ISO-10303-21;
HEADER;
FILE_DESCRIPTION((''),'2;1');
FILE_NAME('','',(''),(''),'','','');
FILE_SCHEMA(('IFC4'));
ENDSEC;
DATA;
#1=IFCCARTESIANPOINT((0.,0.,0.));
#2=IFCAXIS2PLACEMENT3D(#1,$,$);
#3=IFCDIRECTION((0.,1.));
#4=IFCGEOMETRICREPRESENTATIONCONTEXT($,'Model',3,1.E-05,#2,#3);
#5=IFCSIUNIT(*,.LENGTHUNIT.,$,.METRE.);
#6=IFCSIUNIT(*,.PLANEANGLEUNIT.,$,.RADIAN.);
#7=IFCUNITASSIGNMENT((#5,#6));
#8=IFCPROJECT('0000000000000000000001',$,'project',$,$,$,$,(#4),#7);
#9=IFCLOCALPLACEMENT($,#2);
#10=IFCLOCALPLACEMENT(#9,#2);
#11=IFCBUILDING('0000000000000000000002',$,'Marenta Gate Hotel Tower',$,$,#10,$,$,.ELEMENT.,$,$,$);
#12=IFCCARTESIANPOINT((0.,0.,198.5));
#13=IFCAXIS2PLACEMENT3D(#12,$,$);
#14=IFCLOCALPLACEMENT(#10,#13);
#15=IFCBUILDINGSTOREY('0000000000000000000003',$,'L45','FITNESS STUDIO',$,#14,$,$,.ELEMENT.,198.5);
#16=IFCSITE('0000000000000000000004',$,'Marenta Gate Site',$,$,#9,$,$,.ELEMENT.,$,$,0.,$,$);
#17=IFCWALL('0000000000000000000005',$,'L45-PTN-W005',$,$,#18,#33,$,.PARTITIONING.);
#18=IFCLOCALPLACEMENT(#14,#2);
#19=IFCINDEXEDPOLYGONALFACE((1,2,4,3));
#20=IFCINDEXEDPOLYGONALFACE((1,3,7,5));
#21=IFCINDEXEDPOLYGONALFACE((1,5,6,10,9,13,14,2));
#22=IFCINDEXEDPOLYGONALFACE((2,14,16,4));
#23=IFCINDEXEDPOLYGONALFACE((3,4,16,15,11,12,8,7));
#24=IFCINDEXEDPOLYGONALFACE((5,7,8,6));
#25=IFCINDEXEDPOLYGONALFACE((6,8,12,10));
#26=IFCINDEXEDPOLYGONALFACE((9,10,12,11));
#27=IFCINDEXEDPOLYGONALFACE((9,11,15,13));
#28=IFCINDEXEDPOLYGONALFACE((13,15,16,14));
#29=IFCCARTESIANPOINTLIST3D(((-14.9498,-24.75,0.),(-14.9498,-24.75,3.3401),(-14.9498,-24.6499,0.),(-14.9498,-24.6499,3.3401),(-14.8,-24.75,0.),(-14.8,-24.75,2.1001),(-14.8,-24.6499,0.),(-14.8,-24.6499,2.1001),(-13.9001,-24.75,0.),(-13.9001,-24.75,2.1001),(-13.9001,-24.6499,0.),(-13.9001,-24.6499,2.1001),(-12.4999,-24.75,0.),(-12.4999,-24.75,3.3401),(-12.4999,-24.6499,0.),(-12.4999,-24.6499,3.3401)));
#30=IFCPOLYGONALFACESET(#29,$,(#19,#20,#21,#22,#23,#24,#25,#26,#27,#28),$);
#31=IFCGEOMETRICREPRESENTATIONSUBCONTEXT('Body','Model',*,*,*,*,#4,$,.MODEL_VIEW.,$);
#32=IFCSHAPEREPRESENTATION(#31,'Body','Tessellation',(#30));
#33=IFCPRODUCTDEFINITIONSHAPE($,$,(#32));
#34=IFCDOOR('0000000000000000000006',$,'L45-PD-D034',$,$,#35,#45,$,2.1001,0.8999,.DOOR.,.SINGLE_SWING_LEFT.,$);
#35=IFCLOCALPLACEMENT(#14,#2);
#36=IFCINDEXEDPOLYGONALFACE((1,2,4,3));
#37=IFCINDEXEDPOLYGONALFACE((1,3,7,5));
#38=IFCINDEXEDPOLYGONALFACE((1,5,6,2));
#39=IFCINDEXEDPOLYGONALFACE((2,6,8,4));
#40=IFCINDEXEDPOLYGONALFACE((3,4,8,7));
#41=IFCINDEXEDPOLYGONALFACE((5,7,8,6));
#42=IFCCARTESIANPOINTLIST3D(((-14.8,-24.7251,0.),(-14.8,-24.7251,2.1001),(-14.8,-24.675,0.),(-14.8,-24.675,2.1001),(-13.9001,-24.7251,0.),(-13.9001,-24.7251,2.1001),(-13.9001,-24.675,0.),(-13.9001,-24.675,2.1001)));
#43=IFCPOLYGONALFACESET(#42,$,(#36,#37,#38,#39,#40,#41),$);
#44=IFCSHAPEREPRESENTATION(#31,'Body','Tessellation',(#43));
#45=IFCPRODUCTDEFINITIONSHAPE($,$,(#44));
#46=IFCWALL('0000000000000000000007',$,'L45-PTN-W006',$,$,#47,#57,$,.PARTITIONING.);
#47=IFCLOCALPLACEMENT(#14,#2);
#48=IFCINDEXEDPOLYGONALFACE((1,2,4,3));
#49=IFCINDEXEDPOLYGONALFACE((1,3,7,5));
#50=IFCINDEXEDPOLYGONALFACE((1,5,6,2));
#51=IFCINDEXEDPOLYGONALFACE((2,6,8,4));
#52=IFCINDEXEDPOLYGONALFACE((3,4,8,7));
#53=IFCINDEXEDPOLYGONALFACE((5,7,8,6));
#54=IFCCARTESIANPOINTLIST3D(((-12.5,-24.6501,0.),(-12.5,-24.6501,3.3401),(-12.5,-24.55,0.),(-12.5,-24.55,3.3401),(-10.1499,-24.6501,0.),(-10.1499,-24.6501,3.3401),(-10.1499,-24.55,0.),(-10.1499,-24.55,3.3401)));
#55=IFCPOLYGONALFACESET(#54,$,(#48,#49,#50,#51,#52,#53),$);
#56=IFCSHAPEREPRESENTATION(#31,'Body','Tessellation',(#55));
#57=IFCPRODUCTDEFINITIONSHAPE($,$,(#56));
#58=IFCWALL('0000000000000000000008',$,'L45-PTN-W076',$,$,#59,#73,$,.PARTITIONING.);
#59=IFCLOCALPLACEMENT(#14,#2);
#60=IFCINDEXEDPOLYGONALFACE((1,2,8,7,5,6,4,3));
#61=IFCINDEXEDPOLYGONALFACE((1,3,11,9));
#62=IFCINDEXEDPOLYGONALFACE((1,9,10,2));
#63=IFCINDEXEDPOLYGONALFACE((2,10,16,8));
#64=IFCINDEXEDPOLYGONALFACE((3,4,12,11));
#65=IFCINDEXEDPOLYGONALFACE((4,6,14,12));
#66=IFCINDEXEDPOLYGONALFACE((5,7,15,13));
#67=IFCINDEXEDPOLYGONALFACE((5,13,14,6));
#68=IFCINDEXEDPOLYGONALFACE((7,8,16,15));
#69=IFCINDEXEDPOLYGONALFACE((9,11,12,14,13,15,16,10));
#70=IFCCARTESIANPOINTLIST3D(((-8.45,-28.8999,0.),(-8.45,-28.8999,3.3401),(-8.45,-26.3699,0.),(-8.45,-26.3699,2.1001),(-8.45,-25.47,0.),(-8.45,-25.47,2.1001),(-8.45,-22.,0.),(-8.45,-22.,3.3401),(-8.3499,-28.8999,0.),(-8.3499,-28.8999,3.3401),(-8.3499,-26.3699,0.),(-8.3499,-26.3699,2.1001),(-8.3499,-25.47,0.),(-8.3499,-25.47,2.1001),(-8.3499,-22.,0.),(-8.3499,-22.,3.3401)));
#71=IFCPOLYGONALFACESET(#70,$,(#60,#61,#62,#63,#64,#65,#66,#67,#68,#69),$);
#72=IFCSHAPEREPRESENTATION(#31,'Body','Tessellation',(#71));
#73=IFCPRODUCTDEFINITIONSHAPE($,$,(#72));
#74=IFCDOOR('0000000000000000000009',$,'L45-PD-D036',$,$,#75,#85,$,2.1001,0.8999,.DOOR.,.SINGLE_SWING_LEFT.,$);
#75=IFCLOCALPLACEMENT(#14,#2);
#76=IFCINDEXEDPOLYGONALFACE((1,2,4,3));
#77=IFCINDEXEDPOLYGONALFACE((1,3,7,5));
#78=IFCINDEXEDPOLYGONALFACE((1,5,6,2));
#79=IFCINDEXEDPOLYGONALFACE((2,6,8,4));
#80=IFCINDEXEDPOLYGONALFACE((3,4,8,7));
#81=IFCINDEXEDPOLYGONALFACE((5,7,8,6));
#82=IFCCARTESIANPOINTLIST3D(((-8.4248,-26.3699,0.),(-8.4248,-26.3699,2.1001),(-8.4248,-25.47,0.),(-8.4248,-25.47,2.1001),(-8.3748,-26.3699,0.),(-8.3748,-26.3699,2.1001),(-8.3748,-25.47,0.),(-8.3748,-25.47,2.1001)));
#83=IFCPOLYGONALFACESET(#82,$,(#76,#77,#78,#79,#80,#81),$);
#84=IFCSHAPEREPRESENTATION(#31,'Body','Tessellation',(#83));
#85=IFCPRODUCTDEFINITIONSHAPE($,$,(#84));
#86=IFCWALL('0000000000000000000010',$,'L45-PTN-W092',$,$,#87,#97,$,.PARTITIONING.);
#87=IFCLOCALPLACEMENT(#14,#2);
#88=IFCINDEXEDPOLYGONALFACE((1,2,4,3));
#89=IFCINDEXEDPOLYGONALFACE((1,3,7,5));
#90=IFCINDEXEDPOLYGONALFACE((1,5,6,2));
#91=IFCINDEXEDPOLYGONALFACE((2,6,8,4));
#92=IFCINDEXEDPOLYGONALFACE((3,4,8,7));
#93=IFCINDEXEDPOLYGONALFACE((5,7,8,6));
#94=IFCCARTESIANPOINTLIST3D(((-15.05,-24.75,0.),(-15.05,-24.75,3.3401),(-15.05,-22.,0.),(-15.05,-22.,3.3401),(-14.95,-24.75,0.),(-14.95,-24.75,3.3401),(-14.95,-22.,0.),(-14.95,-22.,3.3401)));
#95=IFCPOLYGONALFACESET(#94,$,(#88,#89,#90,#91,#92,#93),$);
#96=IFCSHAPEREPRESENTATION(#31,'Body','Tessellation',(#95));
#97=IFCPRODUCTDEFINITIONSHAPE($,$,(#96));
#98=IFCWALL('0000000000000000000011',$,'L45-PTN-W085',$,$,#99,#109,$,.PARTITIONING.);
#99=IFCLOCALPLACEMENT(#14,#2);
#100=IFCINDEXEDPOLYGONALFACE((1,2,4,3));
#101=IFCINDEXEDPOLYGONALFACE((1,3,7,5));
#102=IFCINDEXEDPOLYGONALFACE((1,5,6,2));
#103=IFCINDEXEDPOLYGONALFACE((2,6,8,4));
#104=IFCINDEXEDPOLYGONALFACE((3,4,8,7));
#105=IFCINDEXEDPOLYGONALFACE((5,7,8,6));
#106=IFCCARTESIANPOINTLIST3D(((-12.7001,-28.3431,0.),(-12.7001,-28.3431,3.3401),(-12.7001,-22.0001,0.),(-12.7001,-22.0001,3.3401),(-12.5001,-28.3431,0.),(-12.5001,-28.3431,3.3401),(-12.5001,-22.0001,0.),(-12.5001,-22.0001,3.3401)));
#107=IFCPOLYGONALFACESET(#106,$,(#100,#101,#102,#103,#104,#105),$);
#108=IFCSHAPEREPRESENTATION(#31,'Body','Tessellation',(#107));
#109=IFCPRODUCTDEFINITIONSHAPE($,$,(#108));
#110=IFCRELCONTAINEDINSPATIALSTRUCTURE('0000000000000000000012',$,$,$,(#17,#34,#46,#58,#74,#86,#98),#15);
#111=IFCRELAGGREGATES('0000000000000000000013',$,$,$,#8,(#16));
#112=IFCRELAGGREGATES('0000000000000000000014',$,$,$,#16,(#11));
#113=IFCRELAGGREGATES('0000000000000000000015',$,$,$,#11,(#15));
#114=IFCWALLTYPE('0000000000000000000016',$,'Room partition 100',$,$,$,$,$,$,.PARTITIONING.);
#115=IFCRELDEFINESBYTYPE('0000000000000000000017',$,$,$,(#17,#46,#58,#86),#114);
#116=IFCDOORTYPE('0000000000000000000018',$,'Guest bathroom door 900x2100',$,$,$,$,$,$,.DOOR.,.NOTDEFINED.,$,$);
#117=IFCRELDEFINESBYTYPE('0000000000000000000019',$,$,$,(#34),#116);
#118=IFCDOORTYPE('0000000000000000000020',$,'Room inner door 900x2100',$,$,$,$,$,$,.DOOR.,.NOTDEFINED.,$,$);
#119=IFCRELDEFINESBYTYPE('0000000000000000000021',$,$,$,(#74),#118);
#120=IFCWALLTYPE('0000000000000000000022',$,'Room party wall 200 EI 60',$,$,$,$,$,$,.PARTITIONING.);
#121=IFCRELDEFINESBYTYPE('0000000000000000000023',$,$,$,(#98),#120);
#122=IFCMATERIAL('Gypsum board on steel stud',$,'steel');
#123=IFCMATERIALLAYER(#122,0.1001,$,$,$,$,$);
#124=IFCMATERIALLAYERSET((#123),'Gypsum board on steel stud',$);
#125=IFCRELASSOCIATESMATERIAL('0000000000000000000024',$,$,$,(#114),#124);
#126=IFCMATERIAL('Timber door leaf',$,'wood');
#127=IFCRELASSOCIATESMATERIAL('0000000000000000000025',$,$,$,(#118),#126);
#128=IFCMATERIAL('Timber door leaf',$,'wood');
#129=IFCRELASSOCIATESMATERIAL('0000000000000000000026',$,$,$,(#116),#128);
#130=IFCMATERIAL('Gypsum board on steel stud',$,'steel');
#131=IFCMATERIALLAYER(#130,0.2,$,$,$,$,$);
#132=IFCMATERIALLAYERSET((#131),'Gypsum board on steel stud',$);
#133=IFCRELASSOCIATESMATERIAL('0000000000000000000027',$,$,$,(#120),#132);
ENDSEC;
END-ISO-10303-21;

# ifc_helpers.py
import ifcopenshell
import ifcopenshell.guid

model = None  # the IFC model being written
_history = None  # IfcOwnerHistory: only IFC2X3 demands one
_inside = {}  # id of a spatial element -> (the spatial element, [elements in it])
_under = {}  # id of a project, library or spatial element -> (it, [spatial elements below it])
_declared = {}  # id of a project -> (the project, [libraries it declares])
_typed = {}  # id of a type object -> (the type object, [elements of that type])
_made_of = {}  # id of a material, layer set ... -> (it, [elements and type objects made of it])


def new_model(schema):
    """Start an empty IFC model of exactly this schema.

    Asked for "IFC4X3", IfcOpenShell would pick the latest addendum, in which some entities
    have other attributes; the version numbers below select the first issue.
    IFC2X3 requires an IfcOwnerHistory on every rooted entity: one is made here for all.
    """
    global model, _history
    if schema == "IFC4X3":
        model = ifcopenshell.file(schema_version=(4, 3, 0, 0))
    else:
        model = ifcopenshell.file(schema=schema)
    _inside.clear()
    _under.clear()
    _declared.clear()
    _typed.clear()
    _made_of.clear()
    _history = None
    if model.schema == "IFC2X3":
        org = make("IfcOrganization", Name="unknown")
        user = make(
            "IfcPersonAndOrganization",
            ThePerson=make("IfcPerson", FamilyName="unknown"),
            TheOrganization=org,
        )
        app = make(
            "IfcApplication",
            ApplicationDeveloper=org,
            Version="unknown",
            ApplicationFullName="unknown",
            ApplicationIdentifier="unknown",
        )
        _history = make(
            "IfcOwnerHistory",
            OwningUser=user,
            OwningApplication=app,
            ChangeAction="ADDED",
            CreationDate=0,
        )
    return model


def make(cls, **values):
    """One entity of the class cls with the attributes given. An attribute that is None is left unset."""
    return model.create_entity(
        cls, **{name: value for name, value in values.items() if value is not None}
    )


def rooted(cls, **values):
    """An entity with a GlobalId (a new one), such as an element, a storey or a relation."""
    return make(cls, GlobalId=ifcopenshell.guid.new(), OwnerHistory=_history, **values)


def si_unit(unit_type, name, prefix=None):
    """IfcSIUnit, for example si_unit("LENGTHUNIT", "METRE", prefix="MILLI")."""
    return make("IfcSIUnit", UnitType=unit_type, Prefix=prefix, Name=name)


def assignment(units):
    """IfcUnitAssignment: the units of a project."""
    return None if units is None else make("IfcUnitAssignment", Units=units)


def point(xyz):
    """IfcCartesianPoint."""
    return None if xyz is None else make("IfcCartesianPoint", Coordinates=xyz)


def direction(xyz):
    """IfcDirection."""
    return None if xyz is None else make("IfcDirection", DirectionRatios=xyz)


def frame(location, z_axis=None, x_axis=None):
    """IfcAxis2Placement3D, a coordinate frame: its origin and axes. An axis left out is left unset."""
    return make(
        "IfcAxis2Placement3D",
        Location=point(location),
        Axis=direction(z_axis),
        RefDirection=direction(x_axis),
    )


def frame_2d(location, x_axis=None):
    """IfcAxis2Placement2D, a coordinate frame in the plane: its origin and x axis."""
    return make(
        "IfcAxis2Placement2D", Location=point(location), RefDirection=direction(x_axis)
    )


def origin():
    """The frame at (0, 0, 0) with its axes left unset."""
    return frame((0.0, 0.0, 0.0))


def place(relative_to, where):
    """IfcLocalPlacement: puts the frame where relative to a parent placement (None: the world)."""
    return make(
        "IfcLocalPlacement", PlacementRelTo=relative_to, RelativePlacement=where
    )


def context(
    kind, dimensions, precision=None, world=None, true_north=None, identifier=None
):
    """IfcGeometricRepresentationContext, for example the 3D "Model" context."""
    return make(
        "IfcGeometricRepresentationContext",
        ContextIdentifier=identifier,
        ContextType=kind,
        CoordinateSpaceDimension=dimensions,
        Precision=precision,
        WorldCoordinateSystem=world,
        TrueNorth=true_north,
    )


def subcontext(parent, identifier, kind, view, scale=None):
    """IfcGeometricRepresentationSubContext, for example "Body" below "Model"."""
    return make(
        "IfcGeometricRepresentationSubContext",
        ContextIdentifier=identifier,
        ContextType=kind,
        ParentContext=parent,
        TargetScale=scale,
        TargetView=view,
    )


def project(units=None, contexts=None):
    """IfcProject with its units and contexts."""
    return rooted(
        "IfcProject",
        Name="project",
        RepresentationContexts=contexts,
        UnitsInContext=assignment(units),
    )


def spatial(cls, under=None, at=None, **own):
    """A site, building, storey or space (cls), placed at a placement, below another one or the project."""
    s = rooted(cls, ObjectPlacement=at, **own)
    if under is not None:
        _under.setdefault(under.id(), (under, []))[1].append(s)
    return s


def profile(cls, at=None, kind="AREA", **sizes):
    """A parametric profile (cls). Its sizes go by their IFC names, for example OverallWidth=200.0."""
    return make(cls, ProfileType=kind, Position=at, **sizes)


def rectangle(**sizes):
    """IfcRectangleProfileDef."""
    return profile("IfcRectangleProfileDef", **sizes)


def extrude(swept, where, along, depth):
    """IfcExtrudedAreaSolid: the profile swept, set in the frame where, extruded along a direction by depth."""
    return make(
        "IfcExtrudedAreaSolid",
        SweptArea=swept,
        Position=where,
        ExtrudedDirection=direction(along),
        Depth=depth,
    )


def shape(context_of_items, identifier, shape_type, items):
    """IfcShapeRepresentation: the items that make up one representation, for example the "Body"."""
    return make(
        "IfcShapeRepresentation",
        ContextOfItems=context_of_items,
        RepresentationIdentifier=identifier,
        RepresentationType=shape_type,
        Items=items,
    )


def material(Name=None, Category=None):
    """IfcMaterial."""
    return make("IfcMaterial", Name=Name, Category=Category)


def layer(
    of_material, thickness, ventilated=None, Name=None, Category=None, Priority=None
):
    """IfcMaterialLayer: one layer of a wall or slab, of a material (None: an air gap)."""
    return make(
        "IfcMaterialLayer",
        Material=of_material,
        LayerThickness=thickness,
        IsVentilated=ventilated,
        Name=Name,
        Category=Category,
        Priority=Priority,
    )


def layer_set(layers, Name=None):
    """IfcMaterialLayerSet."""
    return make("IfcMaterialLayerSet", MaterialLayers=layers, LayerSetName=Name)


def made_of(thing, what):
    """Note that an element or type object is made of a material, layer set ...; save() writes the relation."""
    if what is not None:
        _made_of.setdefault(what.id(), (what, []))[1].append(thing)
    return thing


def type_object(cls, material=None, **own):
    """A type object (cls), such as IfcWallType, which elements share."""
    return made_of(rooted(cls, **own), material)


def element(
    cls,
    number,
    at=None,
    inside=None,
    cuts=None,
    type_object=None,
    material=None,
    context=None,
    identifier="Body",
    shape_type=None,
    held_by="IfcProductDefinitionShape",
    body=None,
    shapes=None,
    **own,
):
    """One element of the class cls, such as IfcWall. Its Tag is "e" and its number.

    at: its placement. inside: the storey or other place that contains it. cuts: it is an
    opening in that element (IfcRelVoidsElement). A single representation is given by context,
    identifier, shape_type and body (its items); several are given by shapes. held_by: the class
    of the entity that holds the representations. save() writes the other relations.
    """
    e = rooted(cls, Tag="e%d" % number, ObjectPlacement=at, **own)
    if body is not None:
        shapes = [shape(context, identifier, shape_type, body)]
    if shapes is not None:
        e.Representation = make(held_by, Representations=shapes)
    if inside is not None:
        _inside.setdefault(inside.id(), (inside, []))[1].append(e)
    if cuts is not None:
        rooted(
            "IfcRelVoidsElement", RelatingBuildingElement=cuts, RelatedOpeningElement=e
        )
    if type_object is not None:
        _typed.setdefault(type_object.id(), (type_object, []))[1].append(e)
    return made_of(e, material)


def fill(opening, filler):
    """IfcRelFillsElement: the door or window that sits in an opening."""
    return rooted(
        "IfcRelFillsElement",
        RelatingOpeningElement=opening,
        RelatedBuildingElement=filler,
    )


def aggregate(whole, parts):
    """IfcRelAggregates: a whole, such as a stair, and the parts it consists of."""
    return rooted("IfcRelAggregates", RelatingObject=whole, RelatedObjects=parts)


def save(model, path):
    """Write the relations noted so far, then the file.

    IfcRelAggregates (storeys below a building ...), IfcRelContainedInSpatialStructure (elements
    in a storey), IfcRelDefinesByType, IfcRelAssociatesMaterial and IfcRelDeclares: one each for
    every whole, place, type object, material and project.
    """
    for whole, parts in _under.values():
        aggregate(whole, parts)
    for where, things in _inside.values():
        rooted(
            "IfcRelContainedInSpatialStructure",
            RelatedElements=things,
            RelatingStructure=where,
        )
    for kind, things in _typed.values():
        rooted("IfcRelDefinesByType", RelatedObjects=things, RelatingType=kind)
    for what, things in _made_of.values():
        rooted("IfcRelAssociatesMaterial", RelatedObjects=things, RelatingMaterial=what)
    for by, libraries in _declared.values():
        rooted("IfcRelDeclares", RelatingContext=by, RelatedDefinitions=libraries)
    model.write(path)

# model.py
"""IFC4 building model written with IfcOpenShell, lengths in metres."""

from ifc_helpers import new_model, si_unit, direction, frame, frame_2d, origin, place, context, subcontext, project, spatial, rectangle, extrude, material, layer, layer_set, type_object, element, fill, save


model = new_model("IFC4")

# Units and contexts
model_context = context("Model", 3, precision=1e-05, world=origin(), true_north=direction((0.0, 1.0)))
body_context = subcontext(model_context, "Body", "Model", "MODEL_VIEW")
ifc_project = project(units=[si_unit("LENGTHUNIT", "METRE"), si_unit("PLANEANGLEUNIT", "RADIAN")], contexts=[model_context])

# Site, building, storey
site_placement = place(None, origin())
site = spatial("IfcSite", under=ifc_project, at=site_placement, Name="Marenta Gate Site", CompositionType="ELEMENT", RefElevation=0.0)
building_placement = place(site_placement, origin())
building = spatial("IfcBuilding", under=site, at=building_placement, Name="Marenta Gate Hotel Tower", CompositionType="ELEMENT")
storey_placement = place(building_placement, frame((0.0, 0.0, 198.5)))
storey = spatial("IfcBuildingStorey", under=building, at=storey_placement, Name="L45", Description="FITNESS STUDIO", CompositionType="ELEMENT", Elevation=198.5)

# Wall, opening, door
ifc_material_1 = material(Name="Gypsum board on steel stud", Category="steel")
ifc_layer_1 = layer(ifc_material_1, 0.1001)
ifc_layer_set_1 = layer_set([ifc_layer_1], Name="Gypsum board on steel stud")
wall_type_1 = type_object("IfcWallType", Name="Room partition 100", PredefinedType="PARTITIONING", material=ifc_layer_set_1)
ifc_material_2 = material(Name="Timber door leaf", Category="wood")
door_type_1 = type_object("IfcDoorType", Name="Room inner door 900x2100", OperationType="NOTDEFINED", PredefinedType="DOOR", material=ifc_material_2)
wall_1_placement = place(storey_placement, frame((-14.95, -24.7, 0.0), z_axis=(0.0, 0.0, 1.0), x_axis=(1.0, 0.0, 0.0)))
wall_1 = element("IfcWall", 1, at=wall_1_placement, inside=storey, type_object=wall_type_1, Name="L45-PTN-W005", PredefinedType="PARTITIONING", context=body_context, shape_type="SweptSolid", body=[
    extrude(rectangle(XDim=2.45, YDim=0.1001, at=frame_2d((1.2251, 0.0))), origin(), (0.0, 0.0, 1.0), 3.3401),
])
opening_1_placement = place(wall_1_placement, frame((0.1499, 0.0, 0.0)))
opening_1 = element("IfcOpeningElement", 2, at=opening_1_placement, cuts=wall_1, PredefinedType="OPENING", context=body_context, shape_type="SweptSolid", body=[
    extrude(rectangle(XDim=0.8999, YDim=2.1001, at=frame_2d((0.45, 1.05))), frame((0.0, 0.05, 0.0), z_axis=(0.0, -1.0, 0.0), x_axis=(1.0, 0.0, 0.0)), (0.0, 0.0, 1.0), 0.1001),
])
ifc_material_3 = material(Name="Timber door leaf", Category="wood")
door_type_2 = type_object("IfcDoorType", Name="Guest bathroom door 900x2100", OperationType="NOTDEFINED", PredefinedType="DOOR", material=ifc_material_3)
door_1_placement = place(opening_1_placement, origin())
door_1 = element("IfcDoor", 3, at=door_1_placement, inside=storey, type_object=door_type_2, Name="L45-PD-D034", OperationType="SINGLE_SWING_LEFT", OverallHeight=2.1001, OverallWidth=0.8999, PredefinedType="DOOR", context=body_context, shape_type="SweptSolid", body=[
    extrude(rectangle(XDim=0.8999, YDim=2.1001, at=frame_2d((0.45, 1.05))), frame((0.0, 0.0249, 0.0), z_axis=(0.0, -1.0, 0.0), x_axis=(1.0, 0.0, 0.0)), (0.0, 0.0, 1.0), 0.05),
])
fill(opening_1, door_1)

# Wall
wall_2_placement = place(storey_placement, frame((-12.5, -24.6001, 0.0), z_axis=(0.0, 0.0, 1.0), x_axis=(1.0, 0.0, 0.0)))
element("IfcWall", 4, at=wall_2_placement, inside=storey, type_object=wall_type_1, Name="L45-PTN-W006", PredefinedType="PARTITIONING", context=body_context, shape_type="SweptSolid", body=[
    extrude(rectangle(XDim=2.3501, YDim=0.1001, at=frame_2d((1.175, 0.0))), origin(), (0.0, 0.0, 1.0), 3.3401),
])

# Wall, opening, door
wall_3_placement = place(storey_placement, frame((-8.3999, -28.8999, 0.0), z_axis=(0.0, 0.0, 1.0), x_axis=(0.0, 1.0, 0.0)))
wall_3 = element("IfcWall", 5, at=wall_3_placement, inside=storey, type_object=wall_type_1, Name="L45-PTN-W076", PredefinedType="PARTITIONING", context=body_context, shape_type="SweptSolid", body=[
    extrude(rectangle(XDim=6.8999, YDim=0.1001, at=frame_2d((3.45, 0.0))), origin(), (0.0, 0.0, 1.0), 3.3401),
])
opening_2_placement = place(wall_3_placement, frame((2.53, 0.0, 0.0)))
opening_2 = element("IfcOpeningElement", 6, at=opening_2_placement, cuts=wall_3, PredefinedType="OPENING", context=body_context, shape_type="SweptSolid", body=[
    extrude(rectangle(XDim=0.8999, YDim=2.1001, at=frame_2d((0.45, 1.05))), frame((0.0, 0.05, 0.0), z_axis=(0.0, -1.0, 0.0), x_axis=(1.0, 0.0, 0.0)), (0.0, 0.0, 1.0), 0.1001),
])
door_2_placement = place(opening_2_placement, origin())
door_2 = element("IfcDoor", 7, at=door_2_placement, inside=storey, type_object=door_type_1, Name="L45-PD-D036", OperationType="SINGLE_SWING_LEFT", OverallHeight=2.1001, OverallWidth=0.8999, PredefinedType="DOOR", context=body_context, shape_type="SweptSolid", body=[
    extrude(rectangle(XDim=0.8999, YDim=2.1001, at=frame_2d((0.45, 1.05))), frame((0.0, 0.0249, 0.0), z_axis=(0.0, -1.0, 0.0), x_axis=(1.0, 0.0, 0.0)), (0.0, 0.0, 1.0), 0.05),
])
fill(opening_2, door_2)

# Walls
wall_4_placement = place(storey_placement, frame((-15.0, -24.75, 0.0), z_axis=(0.0, 0.0, 1.0), x_axis=(0.0, 1.0, 0.0)))
element("IfcWall", 8, at=wall_4_placement, inside=storey, type_object=wall_type_1, Name="L45-PTN-W092", PredefinedType="PARTITIONING", context=body_context, shape_type="SweptSolid", body=[
    extrude(rectangle(XDim=2.75, YDim=0.1001, at=frame_2d((1.375, 0.0))), origin(), (0.0, 0.0, 1.0), 3.3401),
])
ifc_material_4 = material(Name="Gypsum board on steel stud", Category="steel")
ifc_layer_2 = layer(ifc_material_4, 0.2)
ifc_layer_set_2 = layer_set([ifc_layer_2], Name="Gypsum board on steel stud")
wall_type_2 = type_object("IfcWallType", Name="Room party wall 200 EI 60", PredefinedType="PARTITIONING", material=ifc_layer_set_2)
wall_5_placement = place(storey_placement, frame((-12.6001, -28.343, 0.0), z_axis=(0.0, 0.0, 1.0), x_axis=(0.0, 1.0, 0.0)))
element("IfcWall", 9, at=wall_5_placement, inside=storey, type_object=wall_type_2, Name="L45-PTN-W085", PredefinedType="PARTITIONING", context=body_context, shape_type="SweptSolid", body=[
    extrude(rectangle(XDim=6.343, YDim=0.2, at=frame_2d((3.1714, 0.0))), origin(), (0.0, 0.0, 1.0), 3.3401),
])

save(model, "model.ifc")
